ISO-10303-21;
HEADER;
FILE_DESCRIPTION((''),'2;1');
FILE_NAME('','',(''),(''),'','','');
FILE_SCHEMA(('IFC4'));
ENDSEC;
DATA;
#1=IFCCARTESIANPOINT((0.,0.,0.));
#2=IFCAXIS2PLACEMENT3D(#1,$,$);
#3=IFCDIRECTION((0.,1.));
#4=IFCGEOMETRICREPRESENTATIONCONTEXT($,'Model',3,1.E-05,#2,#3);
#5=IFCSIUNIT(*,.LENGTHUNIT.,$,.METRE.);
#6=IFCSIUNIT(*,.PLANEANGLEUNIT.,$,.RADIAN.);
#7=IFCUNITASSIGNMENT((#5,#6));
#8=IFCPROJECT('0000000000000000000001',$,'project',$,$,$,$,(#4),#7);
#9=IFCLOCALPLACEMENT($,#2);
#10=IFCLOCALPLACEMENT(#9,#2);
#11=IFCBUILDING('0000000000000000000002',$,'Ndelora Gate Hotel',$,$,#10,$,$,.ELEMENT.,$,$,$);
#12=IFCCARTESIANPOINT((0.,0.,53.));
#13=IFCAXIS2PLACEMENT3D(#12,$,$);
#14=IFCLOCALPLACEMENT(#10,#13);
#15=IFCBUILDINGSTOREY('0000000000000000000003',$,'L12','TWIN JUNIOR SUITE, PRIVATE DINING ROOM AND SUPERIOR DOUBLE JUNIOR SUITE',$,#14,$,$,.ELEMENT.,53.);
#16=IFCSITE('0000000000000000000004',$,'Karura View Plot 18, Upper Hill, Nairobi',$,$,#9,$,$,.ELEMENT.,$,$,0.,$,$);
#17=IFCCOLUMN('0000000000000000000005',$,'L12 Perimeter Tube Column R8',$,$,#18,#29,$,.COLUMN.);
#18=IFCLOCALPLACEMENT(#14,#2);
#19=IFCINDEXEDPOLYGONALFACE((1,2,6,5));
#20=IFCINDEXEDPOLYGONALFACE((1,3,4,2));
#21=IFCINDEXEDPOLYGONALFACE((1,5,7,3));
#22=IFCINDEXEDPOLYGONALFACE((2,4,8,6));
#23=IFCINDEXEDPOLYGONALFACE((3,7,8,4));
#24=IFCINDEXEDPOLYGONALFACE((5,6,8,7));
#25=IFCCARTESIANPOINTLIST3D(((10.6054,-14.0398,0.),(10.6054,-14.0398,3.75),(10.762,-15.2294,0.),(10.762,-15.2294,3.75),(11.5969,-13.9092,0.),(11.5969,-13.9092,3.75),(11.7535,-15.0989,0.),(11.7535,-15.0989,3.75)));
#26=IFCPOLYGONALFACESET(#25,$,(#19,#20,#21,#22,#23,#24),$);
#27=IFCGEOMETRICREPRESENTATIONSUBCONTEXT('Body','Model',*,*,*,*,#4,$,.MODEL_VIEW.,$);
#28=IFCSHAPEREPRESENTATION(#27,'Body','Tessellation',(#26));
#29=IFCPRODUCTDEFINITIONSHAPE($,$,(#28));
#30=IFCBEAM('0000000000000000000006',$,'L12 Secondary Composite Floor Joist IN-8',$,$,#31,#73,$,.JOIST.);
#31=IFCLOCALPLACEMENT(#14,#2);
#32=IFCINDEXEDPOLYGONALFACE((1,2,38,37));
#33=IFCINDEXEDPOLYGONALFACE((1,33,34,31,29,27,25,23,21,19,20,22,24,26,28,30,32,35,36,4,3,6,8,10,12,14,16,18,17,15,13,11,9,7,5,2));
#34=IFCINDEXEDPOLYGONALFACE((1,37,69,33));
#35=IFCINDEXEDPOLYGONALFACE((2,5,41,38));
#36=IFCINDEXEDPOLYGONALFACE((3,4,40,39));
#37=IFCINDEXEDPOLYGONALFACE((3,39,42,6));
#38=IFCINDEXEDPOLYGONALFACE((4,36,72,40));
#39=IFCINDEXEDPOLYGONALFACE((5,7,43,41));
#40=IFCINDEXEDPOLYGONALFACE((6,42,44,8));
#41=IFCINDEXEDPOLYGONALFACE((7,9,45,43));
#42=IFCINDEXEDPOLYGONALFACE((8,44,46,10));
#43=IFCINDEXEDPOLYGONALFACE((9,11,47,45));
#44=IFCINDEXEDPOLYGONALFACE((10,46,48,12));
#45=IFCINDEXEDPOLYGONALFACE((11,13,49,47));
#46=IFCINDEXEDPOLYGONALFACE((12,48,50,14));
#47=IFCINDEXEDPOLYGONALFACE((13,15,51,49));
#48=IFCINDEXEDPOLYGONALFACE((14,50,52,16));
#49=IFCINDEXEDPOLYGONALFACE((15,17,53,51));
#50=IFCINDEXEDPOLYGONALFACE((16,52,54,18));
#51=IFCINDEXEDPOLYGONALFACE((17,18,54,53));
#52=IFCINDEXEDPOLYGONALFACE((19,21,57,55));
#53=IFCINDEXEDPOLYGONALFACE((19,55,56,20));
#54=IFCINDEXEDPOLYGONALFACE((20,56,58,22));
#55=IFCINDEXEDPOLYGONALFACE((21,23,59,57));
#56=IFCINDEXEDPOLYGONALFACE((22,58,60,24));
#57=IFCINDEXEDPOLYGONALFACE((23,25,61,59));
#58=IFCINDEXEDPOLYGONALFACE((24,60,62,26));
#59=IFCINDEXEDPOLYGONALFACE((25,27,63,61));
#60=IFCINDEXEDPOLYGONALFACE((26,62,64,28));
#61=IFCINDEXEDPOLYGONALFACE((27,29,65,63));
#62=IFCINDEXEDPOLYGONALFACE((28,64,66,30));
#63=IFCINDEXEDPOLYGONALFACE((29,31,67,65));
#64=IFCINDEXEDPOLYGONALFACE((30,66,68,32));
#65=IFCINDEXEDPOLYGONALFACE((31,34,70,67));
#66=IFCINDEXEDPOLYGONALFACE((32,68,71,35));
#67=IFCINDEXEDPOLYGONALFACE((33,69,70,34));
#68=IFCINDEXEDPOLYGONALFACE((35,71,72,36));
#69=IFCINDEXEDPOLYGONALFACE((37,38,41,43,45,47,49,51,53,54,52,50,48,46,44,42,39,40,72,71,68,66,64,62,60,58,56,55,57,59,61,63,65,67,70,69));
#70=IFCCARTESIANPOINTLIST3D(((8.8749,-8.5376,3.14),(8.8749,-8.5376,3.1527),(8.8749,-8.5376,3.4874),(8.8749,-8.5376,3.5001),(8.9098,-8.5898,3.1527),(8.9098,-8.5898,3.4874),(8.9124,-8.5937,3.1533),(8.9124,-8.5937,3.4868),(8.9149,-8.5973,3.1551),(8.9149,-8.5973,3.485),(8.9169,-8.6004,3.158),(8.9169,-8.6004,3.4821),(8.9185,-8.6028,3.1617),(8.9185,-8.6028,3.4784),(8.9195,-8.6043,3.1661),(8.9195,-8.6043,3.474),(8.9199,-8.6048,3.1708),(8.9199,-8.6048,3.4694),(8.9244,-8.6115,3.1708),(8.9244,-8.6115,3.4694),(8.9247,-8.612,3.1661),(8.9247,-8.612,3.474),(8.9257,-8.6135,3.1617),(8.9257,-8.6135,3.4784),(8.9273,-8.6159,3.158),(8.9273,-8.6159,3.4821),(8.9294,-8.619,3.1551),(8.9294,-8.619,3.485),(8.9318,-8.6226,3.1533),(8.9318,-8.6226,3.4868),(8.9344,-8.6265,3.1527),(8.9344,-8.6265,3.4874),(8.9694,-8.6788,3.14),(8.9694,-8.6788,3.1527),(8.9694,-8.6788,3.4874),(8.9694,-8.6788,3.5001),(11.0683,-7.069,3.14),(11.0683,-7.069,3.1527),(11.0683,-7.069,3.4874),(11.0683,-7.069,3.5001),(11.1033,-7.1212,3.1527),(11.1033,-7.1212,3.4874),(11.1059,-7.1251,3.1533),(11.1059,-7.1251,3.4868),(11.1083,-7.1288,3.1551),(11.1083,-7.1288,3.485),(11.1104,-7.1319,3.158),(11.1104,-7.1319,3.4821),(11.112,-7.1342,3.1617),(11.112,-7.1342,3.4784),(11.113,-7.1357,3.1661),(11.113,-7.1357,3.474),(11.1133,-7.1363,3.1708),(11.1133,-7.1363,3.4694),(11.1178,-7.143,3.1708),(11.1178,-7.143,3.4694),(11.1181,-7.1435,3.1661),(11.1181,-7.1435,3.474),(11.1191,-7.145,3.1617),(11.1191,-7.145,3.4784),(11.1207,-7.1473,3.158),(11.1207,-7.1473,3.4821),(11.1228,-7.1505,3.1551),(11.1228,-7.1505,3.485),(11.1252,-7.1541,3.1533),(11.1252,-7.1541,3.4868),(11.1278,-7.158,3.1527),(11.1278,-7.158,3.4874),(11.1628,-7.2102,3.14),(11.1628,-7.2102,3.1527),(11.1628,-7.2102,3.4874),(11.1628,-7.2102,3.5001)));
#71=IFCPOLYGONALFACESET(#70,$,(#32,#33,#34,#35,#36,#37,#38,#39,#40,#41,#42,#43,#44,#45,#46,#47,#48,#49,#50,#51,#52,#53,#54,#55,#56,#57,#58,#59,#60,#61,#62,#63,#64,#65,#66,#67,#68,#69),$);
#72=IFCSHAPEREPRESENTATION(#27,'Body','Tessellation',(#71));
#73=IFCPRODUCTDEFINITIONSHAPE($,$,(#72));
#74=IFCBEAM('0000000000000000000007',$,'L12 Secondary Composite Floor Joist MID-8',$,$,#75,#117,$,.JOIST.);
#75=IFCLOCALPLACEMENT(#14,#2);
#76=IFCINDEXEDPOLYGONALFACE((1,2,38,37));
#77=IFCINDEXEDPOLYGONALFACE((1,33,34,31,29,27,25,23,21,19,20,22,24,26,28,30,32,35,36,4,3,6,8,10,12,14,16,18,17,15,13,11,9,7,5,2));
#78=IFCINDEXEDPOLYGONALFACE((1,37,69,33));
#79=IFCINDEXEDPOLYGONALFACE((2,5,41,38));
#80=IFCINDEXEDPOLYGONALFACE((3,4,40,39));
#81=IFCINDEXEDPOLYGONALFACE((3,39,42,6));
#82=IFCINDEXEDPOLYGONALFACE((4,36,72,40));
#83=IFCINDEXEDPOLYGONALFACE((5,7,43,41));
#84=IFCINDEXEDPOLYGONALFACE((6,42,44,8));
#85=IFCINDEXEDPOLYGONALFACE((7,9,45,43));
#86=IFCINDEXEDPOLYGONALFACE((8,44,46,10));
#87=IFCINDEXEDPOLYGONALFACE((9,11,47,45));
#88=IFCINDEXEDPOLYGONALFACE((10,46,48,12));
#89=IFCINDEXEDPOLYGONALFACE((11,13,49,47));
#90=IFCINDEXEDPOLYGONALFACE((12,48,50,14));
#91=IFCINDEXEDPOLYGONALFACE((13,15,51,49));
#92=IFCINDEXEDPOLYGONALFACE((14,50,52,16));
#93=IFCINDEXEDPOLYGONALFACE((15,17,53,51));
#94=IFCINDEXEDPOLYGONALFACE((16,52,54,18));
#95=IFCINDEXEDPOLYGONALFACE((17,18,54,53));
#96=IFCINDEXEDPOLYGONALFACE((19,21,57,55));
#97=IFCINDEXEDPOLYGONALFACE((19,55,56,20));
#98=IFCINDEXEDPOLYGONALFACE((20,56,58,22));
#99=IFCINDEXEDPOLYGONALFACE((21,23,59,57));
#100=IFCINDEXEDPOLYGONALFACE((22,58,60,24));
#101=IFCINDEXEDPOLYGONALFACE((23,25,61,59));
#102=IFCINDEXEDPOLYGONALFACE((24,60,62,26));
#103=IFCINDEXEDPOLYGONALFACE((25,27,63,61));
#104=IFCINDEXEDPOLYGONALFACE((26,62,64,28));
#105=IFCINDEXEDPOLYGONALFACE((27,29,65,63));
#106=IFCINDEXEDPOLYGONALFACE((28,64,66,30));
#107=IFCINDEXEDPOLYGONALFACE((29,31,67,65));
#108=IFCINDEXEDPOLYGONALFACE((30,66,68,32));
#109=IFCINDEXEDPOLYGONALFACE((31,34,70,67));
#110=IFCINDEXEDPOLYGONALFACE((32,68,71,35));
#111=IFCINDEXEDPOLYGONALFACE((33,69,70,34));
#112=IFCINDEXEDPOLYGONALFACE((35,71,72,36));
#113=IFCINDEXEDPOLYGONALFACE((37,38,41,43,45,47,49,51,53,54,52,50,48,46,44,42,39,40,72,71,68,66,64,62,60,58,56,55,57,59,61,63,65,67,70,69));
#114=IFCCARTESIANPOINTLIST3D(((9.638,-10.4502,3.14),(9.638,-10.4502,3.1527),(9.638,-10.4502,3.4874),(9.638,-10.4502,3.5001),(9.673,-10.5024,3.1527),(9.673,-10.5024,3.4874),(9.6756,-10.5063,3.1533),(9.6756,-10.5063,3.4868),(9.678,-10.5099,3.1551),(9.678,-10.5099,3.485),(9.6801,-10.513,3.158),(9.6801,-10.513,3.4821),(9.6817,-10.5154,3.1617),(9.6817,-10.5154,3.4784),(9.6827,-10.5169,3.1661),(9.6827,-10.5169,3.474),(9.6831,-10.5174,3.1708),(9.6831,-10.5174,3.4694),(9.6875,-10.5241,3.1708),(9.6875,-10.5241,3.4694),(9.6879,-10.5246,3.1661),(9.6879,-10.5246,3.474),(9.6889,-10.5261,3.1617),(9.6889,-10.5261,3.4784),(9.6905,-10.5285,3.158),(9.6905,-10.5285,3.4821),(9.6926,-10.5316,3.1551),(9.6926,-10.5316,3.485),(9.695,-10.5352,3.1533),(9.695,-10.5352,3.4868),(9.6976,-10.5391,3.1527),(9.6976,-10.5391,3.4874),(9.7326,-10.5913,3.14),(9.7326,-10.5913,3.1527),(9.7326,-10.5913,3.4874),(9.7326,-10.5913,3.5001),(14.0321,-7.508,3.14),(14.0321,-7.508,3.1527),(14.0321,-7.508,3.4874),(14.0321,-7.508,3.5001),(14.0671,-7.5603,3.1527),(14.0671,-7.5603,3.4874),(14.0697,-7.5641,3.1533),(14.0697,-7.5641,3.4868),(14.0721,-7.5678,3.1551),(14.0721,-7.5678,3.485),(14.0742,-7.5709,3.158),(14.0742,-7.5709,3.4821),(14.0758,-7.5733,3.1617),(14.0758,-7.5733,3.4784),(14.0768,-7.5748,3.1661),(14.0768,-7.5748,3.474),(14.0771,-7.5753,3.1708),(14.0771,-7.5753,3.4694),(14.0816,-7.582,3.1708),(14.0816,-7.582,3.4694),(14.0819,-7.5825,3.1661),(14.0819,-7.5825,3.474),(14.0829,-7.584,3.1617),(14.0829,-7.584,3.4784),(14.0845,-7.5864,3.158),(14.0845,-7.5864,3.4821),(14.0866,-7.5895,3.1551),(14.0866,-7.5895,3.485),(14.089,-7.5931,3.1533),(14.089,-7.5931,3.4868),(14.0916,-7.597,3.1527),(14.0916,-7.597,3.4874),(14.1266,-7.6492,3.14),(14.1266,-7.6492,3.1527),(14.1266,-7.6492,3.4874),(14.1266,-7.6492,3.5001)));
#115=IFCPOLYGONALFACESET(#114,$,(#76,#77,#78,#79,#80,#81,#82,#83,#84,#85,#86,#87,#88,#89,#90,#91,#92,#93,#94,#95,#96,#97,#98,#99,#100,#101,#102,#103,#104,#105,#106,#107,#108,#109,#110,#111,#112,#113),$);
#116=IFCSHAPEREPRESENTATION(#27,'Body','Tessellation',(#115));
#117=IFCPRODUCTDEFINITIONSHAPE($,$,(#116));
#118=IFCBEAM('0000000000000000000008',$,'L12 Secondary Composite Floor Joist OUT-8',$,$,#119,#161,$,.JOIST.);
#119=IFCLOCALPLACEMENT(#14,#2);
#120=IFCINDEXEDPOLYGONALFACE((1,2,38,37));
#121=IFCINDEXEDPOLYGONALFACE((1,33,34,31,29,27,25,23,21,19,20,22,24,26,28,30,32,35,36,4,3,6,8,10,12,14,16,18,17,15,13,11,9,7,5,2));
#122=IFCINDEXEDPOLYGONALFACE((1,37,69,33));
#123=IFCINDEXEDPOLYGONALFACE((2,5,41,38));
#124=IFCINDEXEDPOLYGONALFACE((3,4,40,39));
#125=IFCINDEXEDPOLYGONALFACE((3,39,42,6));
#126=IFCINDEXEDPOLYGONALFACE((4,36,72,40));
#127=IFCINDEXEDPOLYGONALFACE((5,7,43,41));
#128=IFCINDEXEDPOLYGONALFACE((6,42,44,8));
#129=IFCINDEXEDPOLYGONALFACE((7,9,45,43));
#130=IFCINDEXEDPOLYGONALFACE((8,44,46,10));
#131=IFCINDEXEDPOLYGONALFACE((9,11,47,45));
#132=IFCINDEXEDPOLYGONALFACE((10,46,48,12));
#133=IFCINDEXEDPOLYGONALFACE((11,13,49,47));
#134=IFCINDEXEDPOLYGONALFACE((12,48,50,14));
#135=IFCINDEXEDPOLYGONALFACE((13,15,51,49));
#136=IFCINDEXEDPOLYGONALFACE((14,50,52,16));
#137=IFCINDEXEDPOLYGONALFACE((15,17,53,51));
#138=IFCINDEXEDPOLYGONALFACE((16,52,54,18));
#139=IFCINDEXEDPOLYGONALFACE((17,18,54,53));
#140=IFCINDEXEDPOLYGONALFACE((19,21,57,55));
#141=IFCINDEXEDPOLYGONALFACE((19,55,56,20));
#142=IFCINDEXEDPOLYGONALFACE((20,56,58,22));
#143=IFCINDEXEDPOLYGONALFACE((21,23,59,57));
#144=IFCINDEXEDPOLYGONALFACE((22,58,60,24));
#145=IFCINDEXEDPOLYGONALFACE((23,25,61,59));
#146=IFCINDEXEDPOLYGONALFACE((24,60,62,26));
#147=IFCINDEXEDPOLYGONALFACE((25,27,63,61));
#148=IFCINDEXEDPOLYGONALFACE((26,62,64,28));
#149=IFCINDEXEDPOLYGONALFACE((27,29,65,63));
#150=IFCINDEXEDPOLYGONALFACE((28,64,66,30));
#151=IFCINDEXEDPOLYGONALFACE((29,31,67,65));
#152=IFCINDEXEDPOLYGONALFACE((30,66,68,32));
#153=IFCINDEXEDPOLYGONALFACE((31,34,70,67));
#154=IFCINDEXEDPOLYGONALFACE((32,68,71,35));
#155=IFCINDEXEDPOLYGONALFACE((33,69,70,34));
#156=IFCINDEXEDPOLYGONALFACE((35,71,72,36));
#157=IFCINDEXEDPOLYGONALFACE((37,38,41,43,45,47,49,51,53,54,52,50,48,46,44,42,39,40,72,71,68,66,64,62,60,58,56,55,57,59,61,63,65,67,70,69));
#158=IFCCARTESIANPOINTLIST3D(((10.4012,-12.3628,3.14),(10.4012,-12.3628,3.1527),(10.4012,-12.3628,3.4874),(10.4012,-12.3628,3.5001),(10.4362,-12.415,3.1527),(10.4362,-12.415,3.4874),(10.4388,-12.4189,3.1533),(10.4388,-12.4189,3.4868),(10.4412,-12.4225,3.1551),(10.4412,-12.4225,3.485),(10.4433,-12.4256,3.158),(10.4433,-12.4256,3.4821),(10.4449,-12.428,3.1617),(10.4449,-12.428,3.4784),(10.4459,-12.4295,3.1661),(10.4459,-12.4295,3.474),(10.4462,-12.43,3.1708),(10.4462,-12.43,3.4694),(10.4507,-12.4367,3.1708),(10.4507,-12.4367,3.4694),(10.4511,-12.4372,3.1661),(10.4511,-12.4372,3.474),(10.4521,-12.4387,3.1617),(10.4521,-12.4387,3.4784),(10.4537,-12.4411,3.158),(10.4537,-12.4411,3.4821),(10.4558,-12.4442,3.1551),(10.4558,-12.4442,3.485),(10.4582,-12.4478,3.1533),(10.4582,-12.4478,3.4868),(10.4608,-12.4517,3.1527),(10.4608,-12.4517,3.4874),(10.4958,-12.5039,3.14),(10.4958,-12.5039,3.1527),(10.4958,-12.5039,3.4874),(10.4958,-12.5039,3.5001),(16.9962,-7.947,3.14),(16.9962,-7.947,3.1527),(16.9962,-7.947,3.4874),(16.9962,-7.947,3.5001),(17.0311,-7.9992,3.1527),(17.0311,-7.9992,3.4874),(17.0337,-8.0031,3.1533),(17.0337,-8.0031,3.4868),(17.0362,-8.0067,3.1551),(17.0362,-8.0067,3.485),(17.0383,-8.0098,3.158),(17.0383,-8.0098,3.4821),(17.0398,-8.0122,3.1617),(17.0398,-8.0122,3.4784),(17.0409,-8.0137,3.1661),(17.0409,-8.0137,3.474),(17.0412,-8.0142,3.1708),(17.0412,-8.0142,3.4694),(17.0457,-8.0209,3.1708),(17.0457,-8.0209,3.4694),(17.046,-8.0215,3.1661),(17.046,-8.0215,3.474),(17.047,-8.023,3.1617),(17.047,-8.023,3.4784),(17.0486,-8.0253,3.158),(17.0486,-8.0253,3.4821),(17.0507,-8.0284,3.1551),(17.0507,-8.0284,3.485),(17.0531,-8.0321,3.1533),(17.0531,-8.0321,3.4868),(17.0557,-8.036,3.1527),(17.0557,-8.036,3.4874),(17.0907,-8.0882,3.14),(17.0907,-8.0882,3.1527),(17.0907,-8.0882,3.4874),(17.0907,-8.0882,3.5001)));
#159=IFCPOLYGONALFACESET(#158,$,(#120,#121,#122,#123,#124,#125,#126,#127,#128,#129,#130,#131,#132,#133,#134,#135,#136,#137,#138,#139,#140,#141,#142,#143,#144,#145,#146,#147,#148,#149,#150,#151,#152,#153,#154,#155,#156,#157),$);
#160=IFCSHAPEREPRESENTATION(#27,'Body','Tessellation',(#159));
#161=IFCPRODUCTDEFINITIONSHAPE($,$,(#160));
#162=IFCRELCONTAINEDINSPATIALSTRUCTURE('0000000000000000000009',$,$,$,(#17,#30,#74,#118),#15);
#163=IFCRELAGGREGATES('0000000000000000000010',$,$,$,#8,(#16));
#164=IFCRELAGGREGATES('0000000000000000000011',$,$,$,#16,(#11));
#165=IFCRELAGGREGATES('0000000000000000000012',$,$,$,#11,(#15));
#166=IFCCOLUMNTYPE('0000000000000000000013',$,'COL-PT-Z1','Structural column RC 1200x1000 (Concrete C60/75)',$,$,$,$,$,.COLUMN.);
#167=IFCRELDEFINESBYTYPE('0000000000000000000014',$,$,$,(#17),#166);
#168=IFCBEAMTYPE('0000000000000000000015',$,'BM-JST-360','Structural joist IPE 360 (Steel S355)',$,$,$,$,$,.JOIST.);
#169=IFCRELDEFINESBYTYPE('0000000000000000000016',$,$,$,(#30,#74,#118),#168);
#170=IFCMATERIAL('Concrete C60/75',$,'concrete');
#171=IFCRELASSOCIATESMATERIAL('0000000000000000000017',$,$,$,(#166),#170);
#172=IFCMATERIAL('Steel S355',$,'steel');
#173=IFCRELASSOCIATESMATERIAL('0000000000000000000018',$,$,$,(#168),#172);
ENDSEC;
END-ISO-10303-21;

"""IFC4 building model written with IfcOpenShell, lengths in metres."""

from ifc_helpers import new_model, si_unit, direction, frame, origin, origin_2d, place, context, subcontext, project, spatial, rectangle, i_section, extrude, material, material_profile, profile_set, type_object, element, save


model = new_model("IFC4")

# Units and contexts
model_context = context("Model", 3, precision=1e-05, world=origin(), true_north=direction((0.0, 1.0)))
body_context = subcontext(model_context, "Body", "Model", "MODEL_VIEW")
ifc_project = project(units=[si_unit("LENGTHUNIT", "METRE"), si_unit("PLANEANGLEUNIT", "RADIAN")], contexts=[model_context])

# Site, building, storey
site_placement = place(None, origin())
site = spatial("IfcSite", under=ifc_project, at=site_placement, Name="Karura View Plot 18, Upper Hill, Nairobi", CompositionType="ELEMENT", RefElevation=0.0)
building_placement = place(site_placement, origin())
building = spatial("IfcBuilding", under=site, at=building_placement, Name="Ndelora Gate Hotel", CompositionType="ELEMENT")
storey_placement = place(building_placement, frame((0.0, 0.0, 53.0)))
storey = spatial("IfcBuildingStorey", under=building, at=storey_placement, Name="L12", Description="TWIN JUNIOR SUITE, PRIVATE DINING ROOM AND SUPERIOR DOUBLE JUNIOR SUITE", CompositionType="ELEMENT", Elevation=53.0)

# Column
ifc_material_1 = material(Name="Concrete C60/75", Category="concrete")
ifc_material_profile_1 = material_profile(ifc_material_1, rectangle(XDim=1.0, YDim=1.2, at=origin_2d()), Name="RC 1200x1000")
ifc_profile_set_1 = profile_set([ifc_material_profile_1], Name="Concrete C60/75")
column_type = type_object("IfcColumnType", Name="COL-PT-Z1", Description="Structural column RC 1200x1000 (Concrete C60/75)", PredefinedType="COLUMN", material=ifc_profile_set_1)
column_placement = place(storey_placement, frame((11.1794, -14.5693, 0.0), z_axis=(0.0, 0.0, 1.0), x_axis=(0.991445, 0.130526, 0.0)))
element("IfcColumn", 1, at=column_placement, inside=storey, type_object=column_type, Name="L12 Perimeter Tube Column R8", PredefinedType="COLUMN", context=body_context, shape_type="SweptSolid", body=[
    extrude(rectangle(XDim=1.0, YDim=1.2, at=origin_2d()), origin(), (0.0, 0.0, 1.0), 3.75),
])

# Beams
ifc_material_2 = material(Name="Steel S355", Category="steel")
ifc_material_profile_2 = material_profile(ifc_material_2, i_section(OverallWidth=0.1699, OverallDepth=0.3601, WebThickness=0.0081, FlangeThickness=0.0127, FilletRadius=0.0181, at=origin_2d()), Name="IPE 360")
ifc_profile_set_2 = profile_set([ifc_material_profile_2], Name="Steel S355")
beam_type_1 = type_object("IfcBeamType", Name="BM-JST-360", Description="Structural joist IPE 360 (Steel S355)", PredefinedType="JOIST", material=ifc_profile_set_2)
beam_1_placement = place(storey_placement, frame((8.9221, -8.6082, 3.3201), z_axis=(0.830953, 0.556343, 0.0), x_axis=(-0.556343, 0.830953, 0.0)))
element("IfcBeam", 2, at=beam_1_placement, inside=storey, type_object=beam_type_1, Name="L12 Secondary Composite Floor Joist IN-8", PredefinedType="JOIST", context=body_context, shape_type="SweptSolid", body=[
    extrude(i_section(OverallWidth=0.1699, OverallDepth=0.3601, WebThickness=0.0081, FlangeThickness=0.0127, FilletRadius=0.0181, at=origin_2d()), origin(), (0.0, 0.0, 1.0), 2.6396),
])
beam_2_placement = place(storey_placement, frame((9.6853, -10.5208, 3.3201), z_axis=(0.830933, 0.556372, 0.0), x_axis=(-0.556372, 0.830933, 0.0)))
element("IfcBeam", 3, at=beam_2_placement, inside=storey, type_object=beam_type_1, Name="L12 Secondary Composite Floor Joist MID-8", PredefinedType="JOIST", context=body_context, shape_type="SweptSolid", body=[
    extrude(i_section(OverallWidth=0.1699, OverallDepth=0.3601, WebThickness=0.0081, FlangeThickness=0.0127, FilletRadius=0.0181, at=origin_2d()), origin(), (0.0, 0.0, 1.0), 5.2881),
])
beam_3_placement = place(storey_placement, frame((10.4485, -12.4333, 3.3201), z_axis=(0.830937, 0.556367, 0.0), x_axis=(-0.556367, 0.830937, 0.0)))
element("IfcBeam", 4, at=beam_3_placement, inside=storey, type_object=beam_type_1, Name="L12 Secondary Composite Floor Joist OUT-8", PredefinedType="JOIST", context=body_context, shape_type="SweptSolid", body=[
    extrude(i_section(OverallWidth=0.1699, OverallDepth=0.3601, WebThickness=0.0081, FlangeThickness=0.0127, FilletRadius=0.0181, at=origin_2d()), origin(), (0.0, 0.0, 1.0), 7.9368),
])

save(model, "model.ifc")
